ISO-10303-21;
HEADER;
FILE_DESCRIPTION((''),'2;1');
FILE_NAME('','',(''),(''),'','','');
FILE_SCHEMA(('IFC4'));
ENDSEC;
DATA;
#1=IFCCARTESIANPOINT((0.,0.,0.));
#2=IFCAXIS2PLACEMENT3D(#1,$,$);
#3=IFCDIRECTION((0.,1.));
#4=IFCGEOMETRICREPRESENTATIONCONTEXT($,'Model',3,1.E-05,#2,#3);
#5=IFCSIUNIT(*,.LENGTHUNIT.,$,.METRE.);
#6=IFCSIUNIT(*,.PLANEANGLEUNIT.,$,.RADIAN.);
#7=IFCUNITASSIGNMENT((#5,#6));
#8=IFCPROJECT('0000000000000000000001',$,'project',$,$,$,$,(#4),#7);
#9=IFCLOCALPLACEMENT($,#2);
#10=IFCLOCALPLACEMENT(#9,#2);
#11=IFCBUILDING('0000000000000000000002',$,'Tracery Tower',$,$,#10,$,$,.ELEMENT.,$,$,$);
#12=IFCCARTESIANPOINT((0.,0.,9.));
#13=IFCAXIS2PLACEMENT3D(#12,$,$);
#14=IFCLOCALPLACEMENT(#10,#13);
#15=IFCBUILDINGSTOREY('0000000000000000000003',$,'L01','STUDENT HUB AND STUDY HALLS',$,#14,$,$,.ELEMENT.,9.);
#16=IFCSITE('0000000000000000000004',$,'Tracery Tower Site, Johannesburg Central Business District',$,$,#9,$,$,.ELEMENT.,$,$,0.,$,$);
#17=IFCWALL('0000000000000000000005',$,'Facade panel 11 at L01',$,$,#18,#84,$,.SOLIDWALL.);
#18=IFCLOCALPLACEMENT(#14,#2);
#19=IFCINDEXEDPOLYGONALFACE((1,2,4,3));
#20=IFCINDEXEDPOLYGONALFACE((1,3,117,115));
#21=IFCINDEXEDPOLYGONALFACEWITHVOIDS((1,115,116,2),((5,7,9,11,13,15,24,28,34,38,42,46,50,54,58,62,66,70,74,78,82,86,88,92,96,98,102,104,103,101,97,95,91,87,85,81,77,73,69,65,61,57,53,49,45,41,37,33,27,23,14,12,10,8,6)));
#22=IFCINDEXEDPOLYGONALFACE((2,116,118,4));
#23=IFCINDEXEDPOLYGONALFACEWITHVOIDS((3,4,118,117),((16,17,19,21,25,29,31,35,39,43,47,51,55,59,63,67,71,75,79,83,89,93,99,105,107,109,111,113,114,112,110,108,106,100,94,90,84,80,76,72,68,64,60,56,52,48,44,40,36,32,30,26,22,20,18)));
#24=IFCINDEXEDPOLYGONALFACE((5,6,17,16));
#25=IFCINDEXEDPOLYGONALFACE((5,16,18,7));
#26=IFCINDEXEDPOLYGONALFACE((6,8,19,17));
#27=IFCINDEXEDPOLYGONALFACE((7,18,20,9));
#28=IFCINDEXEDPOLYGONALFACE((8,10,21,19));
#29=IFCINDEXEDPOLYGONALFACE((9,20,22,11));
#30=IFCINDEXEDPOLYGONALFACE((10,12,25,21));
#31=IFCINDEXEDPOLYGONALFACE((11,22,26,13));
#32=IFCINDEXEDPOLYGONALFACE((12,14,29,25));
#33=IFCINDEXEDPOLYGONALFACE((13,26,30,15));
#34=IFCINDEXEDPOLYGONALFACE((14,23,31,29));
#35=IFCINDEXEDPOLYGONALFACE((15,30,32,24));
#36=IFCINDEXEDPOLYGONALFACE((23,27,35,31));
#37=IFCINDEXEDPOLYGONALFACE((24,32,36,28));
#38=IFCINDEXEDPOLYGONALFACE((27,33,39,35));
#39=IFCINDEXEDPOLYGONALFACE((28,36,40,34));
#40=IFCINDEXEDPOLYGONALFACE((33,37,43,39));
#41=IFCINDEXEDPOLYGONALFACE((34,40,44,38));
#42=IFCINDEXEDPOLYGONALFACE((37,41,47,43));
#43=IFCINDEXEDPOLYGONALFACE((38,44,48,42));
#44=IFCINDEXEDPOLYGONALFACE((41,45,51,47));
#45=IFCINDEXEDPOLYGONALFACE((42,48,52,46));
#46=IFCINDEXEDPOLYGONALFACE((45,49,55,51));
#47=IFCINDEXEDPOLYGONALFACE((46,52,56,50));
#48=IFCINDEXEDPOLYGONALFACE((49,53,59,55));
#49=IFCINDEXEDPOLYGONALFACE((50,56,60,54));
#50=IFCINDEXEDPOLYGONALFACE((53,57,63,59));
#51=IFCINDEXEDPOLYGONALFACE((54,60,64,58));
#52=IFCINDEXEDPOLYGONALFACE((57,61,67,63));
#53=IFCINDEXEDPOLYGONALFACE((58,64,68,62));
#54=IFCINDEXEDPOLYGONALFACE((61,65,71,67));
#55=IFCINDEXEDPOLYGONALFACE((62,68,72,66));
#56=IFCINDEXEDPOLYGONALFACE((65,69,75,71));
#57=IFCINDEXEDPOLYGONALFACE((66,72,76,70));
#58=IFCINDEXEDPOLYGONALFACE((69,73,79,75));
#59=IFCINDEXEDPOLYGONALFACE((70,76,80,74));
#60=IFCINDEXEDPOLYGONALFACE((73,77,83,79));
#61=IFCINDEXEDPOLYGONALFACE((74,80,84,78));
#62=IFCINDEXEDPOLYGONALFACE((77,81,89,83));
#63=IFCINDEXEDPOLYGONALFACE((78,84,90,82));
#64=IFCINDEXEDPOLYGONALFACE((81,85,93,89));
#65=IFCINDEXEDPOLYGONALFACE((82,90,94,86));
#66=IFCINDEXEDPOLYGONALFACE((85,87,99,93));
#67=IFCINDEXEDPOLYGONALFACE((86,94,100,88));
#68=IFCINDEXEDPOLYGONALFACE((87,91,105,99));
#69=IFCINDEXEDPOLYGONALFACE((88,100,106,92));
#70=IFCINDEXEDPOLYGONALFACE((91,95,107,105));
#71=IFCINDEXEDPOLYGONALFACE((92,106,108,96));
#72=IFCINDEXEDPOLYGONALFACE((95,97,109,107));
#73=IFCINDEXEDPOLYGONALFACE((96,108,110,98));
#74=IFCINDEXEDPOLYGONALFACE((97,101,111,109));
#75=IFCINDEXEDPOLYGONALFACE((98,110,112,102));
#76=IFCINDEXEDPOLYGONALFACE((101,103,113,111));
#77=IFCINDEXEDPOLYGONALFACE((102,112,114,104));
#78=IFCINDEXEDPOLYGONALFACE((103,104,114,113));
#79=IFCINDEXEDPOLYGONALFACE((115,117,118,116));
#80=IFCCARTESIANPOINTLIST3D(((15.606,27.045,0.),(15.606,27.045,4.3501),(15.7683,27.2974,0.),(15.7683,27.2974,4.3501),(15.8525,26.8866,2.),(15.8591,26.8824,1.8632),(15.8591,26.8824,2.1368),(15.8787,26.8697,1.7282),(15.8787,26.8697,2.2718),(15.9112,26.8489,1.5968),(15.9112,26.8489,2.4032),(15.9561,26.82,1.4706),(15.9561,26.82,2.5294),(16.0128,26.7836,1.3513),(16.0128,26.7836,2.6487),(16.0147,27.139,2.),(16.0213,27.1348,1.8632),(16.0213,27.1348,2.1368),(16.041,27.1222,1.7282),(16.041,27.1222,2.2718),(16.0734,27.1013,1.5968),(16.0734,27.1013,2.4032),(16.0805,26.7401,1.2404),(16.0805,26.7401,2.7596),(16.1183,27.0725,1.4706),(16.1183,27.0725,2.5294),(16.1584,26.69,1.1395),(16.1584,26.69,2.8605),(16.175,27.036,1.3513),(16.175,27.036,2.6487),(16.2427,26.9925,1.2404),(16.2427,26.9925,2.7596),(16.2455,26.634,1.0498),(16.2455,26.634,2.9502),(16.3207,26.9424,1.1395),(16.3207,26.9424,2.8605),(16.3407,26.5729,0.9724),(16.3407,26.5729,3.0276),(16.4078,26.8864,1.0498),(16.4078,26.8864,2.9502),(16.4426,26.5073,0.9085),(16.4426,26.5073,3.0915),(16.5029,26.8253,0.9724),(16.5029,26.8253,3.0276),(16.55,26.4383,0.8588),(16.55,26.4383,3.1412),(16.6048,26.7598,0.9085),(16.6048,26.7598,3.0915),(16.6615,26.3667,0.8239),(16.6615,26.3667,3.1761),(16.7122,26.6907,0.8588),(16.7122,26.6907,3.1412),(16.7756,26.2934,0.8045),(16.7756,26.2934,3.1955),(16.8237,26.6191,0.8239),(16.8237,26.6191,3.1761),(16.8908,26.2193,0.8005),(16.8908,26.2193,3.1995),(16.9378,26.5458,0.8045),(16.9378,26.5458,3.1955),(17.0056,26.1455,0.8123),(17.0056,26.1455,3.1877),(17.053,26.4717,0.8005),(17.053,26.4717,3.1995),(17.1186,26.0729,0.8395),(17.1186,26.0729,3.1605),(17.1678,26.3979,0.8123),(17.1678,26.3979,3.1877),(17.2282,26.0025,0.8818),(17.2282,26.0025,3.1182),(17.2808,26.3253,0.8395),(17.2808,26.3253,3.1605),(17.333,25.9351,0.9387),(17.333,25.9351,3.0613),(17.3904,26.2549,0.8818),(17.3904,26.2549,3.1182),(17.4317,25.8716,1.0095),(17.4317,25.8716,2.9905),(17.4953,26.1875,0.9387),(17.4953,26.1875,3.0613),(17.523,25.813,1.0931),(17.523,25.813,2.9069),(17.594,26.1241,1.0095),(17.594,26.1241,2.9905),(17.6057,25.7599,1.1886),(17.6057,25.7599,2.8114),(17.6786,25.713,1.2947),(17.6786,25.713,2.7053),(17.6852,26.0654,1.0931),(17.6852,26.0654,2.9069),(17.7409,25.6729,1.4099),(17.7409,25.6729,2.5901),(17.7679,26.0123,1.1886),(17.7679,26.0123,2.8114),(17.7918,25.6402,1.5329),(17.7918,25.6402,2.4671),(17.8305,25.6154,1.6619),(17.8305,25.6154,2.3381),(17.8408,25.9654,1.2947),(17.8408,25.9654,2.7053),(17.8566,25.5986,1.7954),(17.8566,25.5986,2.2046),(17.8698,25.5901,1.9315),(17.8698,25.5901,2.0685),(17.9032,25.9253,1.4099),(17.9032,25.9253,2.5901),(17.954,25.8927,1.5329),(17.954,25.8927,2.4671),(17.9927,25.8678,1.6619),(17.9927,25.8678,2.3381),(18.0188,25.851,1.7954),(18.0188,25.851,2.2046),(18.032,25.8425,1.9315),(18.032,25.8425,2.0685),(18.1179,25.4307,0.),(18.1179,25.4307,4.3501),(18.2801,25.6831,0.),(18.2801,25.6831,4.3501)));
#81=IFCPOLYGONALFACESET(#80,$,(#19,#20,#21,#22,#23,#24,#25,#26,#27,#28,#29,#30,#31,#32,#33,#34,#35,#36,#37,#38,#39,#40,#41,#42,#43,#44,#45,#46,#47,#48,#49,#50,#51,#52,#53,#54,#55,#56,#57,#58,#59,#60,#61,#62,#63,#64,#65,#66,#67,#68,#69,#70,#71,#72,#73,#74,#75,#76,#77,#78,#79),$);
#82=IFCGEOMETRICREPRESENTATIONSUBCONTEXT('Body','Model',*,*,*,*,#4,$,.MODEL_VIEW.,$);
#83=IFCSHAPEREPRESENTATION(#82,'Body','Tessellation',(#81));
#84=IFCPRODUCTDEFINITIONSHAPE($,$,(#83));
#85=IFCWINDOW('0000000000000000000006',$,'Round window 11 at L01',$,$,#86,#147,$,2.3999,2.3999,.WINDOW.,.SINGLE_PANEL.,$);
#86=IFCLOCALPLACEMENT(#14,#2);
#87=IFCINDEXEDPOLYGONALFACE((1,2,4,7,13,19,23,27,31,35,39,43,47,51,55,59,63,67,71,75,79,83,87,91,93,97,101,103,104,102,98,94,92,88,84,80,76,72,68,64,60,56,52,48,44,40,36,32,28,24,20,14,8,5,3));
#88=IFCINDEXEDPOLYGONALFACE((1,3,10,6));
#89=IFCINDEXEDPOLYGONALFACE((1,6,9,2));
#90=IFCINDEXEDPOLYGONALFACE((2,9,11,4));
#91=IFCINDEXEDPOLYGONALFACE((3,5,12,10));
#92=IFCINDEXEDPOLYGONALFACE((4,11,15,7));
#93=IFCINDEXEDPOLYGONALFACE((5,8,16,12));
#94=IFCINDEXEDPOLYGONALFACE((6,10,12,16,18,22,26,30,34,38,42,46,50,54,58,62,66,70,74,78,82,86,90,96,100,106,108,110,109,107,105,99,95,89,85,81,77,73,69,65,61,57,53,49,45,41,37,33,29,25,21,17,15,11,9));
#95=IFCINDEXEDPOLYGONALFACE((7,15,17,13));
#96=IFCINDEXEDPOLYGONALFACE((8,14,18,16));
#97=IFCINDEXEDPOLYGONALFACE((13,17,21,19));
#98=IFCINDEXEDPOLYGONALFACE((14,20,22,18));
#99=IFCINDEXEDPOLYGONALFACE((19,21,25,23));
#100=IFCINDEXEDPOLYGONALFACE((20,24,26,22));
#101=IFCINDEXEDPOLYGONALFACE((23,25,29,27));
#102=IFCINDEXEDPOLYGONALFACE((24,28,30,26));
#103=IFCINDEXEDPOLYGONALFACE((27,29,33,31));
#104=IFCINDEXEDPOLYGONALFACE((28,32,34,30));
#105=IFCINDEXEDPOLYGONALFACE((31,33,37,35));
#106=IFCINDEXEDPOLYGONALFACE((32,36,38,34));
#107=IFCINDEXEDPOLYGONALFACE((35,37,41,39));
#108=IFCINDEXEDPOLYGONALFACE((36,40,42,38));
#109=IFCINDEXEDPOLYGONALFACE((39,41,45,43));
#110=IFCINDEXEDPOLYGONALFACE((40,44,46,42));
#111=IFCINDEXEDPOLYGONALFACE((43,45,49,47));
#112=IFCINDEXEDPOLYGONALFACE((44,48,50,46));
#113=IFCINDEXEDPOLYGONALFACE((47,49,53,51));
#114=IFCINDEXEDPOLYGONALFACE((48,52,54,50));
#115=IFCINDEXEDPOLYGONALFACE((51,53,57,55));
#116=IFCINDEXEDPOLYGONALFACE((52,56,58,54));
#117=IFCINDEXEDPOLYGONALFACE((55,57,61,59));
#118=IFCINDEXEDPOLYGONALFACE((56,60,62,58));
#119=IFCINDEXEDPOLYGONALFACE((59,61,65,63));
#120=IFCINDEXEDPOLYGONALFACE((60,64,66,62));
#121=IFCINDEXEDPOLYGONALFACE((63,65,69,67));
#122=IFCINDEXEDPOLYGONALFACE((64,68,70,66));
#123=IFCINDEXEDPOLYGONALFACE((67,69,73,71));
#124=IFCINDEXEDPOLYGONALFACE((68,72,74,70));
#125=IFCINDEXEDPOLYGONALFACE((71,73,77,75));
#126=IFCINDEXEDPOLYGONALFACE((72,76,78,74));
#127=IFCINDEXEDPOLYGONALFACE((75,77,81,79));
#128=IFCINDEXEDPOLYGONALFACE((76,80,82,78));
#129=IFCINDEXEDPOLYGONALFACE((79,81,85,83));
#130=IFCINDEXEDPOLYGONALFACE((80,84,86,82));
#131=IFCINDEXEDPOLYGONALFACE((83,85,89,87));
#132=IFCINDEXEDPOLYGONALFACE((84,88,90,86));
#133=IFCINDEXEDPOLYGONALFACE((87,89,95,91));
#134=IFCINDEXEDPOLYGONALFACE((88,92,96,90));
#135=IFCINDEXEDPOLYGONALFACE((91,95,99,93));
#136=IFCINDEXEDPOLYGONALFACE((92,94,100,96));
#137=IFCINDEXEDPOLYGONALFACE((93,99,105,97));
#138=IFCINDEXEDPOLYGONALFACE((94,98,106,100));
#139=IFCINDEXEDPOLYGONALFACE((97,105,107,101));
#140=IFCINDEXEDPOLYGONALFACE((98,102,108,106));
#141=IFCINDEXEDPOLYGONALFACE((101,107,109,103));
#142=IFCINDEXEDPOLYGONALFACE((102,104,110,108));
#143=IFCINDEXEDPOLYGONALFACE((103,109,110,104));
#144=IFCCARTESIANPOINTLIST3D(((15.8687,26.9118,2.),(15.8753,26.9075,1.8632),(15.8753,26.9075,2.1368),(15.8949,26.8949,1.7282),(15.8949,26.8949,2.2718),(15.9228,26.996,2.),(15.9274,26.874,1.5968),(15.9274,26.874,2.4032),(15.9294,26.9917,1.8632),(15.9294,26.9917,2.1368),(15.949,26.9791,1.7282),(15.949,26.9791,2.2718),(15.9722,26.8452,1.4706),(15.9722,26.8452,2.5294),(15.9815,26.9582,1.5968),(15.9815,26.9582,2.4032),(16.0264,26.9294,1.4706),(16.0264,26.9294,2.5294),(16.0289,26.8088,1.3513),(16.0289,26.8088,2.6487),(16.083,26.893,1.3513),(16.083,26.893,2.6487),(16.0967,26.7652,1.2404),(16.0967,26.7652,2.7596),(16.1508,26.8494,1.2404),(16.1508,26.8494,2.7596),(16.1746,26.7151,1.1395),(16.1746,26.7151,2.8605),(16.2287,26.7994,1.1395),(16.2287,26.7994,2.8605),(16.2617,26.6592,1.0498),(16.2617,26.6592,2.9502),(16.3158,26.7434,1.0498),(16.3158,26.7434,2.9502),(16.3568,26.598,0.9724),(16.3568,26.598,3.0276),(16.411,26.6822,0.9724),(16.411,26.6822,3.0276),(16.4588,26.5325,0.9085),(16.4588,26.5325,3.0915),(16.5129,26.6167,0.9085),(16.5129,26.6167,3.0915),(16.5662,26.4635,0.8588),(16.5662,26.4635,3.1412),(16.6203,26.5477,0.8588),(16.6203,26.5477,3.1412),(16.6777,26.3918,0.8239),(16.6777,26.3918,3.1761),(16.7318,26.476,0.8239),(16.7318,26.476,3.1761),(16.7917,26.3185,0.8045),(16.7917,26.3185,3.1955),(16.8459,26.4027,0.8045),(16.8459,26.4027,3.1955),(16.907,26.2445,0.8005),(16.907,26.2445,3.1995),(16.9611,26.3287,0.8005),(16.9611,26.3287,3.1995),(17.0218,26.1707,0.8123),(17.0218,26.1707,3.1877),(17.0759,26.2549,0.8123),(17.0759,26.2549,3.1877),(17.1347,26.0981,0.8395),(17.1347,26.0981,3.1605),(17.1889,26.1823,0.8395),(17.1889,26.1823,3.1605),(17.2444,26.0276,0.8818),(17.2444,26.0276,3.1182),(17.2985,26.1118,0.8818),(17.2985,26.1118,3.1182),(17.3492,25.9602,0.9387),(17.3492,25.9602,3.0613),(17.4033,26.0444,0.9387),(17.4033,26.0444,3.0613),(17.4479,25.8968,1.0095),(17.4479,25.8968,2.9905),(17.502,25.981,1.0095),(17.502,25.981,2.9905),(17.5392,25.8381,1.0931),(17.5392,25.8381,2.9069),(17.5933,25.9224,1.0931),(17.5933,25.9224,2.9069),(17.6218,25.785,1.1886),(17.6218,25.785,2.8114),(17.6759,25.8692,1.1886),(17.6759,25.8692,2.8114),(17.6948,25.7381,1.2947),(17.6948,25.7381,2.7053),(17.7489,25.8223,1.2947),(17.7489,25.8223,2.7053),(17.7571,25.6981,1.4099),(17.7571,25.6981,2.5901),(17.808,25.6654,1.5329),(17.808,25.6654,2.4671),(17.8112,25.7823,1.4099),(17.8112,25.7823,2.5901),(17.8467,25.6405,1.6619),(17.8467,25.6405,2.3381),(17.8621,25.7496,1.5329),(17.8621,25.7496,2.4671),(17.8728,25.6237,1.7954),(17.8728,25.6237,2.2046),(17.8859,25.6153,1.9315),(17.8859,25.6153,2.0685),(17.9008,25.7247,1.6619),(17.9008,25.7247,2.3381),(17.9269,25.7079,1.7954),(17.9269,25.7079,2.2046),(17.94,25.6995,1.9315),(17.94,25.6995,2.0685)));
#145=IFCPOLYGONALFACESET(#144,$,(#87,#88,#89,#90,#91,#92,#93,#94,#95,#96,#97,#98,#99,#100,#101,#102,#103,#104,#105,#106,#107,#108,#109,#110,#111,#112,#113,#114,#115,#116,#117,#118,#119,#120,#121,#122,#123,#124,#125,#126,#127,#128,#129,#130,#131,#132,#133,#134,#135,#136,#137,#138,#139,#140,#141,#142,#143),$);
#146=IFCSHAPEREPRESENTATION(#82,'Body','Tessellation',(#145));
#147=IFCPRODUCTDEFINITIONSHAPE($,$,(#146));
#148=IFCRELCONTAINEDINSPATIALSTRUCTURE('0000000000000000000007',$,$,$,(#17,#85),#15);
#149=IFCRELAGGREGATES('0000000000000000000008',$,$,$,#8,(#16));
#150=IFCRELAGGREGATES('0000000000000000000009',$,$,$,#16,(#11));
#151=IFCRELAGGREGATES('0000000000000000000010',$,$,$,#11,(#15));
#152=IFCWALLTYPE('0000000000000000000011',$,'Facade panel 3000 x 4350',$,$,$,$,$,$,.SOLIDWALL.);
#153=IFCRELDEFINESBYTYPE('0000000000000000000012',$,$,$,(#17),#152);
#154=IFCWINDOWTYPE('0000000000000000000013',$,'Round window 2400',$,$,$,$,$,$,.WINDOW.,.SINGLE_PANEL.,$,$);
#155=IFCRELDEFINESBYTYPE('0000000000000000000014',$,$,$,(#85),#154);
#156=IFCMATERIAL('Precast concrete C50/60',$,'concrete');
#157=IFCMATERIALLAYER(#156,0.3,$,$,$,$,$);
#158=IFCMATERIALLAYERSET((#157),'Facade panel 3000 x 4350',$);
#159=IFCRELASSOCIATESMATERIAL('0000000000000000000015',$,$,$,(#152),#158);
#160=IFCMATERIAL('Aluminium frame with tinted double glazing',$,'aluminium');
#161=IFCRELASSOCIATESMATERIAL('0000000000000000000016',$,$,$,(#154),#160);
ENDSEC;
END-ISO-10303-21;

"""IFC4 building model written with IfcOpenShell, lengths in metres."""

from ifc_helpers import new_model, si_unit, direction, frame, frame_2d, origin, origin_2d, place, context, subcontext, project, spatial, rectangle, circle, extrude, material, layer, layer_set, type_object, element, fill, save


model = new_model("IFC4")

# Units and contexts
model_context = context("Model", 3, precision=1e-05, world=origin(), true_north=direction((0.0, 1.0)))
body_context = subcontext(model_context, "Body", "Model", "MODEL_VIEW")
ifc_project = project(units=[si_unit("LENGTHUNIT", "METRE"), si_unit("PLANEANGLEUNIT", "RADIAN")], contexts=[model_context])

# Site, building, storey
site_placement = place(None, origin())
site = spatial("IfcSite", under=ifc_project, at=site_placement, Name="Tracery Tower Site, Johannesburg Central Business District", CompositionType="ELEMENT", RefElevation=0.0)
building_placement = place(site_placement, origin())
building = spatial("IfcBuilding", under=site, at=building_placement, Name="Tracery Tower", CompositionType="ELEMENT")
storey_placement = place(building_placement, frame((0.0, 0.0, 9.0)))
storey = spatial("IfcBuildingStorey", under=building, at=storey_placement, Name="L01", Description="STUDENT HUB AND STUDY HALLS", CompositionType="ELEMENT", Elevation=9.0)

# Wall, opening, window
ifc_material_1 = material(Name="Precast concrete C50/60", Category="concrete")
ifc_layer_1 = layer(ifc_material_1, 0.3)
ifc_layer_set_1 = layer_set([ifc_layer_1], Name="Facade panel 3000 x 4350")
wall_type_1 = type_object("IfcWallType", Name="Facade panel 3000 x 4350", PredefinedType="SOLIDWALL", material=ifc_layer_set_1)
wall_1_placement = place(storey_placement, frame((18.199, 25.5569, 0.0), z_axis=(0.0, 0.0, 1.0), x_axis=(-0.841242, 0.540658, 0.0)))
wall_1 = element("IfcWall", 1, at=wall_1_placement, inside=storey, type_object=wall_type_1, Name="Facade panel 11 at L01", PredefinedType="SOLIDWALL", context=body_context, shape_type="SweptSolid", body=[
    extrude(rectangle(XDim=2.9858, YDim=0.3, at=frame_2d((1.4929, 0.0))), origin(), (0.0, 0.0, 1.0), 4.3501),
])
opening_1_placement = place(wall_1_placement, frame((1.4929, 0.0, 2.0)))
opening_1 = element("IfcOpeningElement", 2, at=opening_1_placement, cuts=wall_1, PredefinedType="OPENING", context=body_context, shape_type="SweptSolid", body=[
    extrude(circle(Radius=1.2, at=origin_2d()), frame((0.0, 0.1599, 0.0), z_axis=(0.0, -1.0, 0.0), x_axis=(1.0, 0.0, 0.0)), (0.0, 0.0, 1.0), 0.3201),
])
ifc_material_2 = material(Name="Aluminium frame with tinted double glazing", Category="aluminium")
window_type = type_object("IfcWindowType", Name="Round window 2400", PartitioningType="SINGLE_PANEL", PredefinedType="WINDOW", material=ifc_material_2)
window_1_placement = place(opening_1_placement, origin())
window_1 = element("IfcWindow", 3, at=window_1_placement, inside=storey, type_object=window_type, Name="Round window 11 at L01", OverallHeight=2.3999, OverallWidth=2.3999, PartitioningType="SINGLE_PANEL", PredefinedType="WINDOW", context=body_context, shape_type="SweptSolid", body=[
    extrude(circle(Radius=1.2, at=origin_2d()), frame((0.0, 0.1201, 0.0), z_axis=(0.0, -1.0, 0.0), x_axis=(1.0, 0.0, 0.0)), (0.0, 0.0, 1.0), 0.1001),
])
fill(opening_1, window_1)

save(model, "model.ifc")
